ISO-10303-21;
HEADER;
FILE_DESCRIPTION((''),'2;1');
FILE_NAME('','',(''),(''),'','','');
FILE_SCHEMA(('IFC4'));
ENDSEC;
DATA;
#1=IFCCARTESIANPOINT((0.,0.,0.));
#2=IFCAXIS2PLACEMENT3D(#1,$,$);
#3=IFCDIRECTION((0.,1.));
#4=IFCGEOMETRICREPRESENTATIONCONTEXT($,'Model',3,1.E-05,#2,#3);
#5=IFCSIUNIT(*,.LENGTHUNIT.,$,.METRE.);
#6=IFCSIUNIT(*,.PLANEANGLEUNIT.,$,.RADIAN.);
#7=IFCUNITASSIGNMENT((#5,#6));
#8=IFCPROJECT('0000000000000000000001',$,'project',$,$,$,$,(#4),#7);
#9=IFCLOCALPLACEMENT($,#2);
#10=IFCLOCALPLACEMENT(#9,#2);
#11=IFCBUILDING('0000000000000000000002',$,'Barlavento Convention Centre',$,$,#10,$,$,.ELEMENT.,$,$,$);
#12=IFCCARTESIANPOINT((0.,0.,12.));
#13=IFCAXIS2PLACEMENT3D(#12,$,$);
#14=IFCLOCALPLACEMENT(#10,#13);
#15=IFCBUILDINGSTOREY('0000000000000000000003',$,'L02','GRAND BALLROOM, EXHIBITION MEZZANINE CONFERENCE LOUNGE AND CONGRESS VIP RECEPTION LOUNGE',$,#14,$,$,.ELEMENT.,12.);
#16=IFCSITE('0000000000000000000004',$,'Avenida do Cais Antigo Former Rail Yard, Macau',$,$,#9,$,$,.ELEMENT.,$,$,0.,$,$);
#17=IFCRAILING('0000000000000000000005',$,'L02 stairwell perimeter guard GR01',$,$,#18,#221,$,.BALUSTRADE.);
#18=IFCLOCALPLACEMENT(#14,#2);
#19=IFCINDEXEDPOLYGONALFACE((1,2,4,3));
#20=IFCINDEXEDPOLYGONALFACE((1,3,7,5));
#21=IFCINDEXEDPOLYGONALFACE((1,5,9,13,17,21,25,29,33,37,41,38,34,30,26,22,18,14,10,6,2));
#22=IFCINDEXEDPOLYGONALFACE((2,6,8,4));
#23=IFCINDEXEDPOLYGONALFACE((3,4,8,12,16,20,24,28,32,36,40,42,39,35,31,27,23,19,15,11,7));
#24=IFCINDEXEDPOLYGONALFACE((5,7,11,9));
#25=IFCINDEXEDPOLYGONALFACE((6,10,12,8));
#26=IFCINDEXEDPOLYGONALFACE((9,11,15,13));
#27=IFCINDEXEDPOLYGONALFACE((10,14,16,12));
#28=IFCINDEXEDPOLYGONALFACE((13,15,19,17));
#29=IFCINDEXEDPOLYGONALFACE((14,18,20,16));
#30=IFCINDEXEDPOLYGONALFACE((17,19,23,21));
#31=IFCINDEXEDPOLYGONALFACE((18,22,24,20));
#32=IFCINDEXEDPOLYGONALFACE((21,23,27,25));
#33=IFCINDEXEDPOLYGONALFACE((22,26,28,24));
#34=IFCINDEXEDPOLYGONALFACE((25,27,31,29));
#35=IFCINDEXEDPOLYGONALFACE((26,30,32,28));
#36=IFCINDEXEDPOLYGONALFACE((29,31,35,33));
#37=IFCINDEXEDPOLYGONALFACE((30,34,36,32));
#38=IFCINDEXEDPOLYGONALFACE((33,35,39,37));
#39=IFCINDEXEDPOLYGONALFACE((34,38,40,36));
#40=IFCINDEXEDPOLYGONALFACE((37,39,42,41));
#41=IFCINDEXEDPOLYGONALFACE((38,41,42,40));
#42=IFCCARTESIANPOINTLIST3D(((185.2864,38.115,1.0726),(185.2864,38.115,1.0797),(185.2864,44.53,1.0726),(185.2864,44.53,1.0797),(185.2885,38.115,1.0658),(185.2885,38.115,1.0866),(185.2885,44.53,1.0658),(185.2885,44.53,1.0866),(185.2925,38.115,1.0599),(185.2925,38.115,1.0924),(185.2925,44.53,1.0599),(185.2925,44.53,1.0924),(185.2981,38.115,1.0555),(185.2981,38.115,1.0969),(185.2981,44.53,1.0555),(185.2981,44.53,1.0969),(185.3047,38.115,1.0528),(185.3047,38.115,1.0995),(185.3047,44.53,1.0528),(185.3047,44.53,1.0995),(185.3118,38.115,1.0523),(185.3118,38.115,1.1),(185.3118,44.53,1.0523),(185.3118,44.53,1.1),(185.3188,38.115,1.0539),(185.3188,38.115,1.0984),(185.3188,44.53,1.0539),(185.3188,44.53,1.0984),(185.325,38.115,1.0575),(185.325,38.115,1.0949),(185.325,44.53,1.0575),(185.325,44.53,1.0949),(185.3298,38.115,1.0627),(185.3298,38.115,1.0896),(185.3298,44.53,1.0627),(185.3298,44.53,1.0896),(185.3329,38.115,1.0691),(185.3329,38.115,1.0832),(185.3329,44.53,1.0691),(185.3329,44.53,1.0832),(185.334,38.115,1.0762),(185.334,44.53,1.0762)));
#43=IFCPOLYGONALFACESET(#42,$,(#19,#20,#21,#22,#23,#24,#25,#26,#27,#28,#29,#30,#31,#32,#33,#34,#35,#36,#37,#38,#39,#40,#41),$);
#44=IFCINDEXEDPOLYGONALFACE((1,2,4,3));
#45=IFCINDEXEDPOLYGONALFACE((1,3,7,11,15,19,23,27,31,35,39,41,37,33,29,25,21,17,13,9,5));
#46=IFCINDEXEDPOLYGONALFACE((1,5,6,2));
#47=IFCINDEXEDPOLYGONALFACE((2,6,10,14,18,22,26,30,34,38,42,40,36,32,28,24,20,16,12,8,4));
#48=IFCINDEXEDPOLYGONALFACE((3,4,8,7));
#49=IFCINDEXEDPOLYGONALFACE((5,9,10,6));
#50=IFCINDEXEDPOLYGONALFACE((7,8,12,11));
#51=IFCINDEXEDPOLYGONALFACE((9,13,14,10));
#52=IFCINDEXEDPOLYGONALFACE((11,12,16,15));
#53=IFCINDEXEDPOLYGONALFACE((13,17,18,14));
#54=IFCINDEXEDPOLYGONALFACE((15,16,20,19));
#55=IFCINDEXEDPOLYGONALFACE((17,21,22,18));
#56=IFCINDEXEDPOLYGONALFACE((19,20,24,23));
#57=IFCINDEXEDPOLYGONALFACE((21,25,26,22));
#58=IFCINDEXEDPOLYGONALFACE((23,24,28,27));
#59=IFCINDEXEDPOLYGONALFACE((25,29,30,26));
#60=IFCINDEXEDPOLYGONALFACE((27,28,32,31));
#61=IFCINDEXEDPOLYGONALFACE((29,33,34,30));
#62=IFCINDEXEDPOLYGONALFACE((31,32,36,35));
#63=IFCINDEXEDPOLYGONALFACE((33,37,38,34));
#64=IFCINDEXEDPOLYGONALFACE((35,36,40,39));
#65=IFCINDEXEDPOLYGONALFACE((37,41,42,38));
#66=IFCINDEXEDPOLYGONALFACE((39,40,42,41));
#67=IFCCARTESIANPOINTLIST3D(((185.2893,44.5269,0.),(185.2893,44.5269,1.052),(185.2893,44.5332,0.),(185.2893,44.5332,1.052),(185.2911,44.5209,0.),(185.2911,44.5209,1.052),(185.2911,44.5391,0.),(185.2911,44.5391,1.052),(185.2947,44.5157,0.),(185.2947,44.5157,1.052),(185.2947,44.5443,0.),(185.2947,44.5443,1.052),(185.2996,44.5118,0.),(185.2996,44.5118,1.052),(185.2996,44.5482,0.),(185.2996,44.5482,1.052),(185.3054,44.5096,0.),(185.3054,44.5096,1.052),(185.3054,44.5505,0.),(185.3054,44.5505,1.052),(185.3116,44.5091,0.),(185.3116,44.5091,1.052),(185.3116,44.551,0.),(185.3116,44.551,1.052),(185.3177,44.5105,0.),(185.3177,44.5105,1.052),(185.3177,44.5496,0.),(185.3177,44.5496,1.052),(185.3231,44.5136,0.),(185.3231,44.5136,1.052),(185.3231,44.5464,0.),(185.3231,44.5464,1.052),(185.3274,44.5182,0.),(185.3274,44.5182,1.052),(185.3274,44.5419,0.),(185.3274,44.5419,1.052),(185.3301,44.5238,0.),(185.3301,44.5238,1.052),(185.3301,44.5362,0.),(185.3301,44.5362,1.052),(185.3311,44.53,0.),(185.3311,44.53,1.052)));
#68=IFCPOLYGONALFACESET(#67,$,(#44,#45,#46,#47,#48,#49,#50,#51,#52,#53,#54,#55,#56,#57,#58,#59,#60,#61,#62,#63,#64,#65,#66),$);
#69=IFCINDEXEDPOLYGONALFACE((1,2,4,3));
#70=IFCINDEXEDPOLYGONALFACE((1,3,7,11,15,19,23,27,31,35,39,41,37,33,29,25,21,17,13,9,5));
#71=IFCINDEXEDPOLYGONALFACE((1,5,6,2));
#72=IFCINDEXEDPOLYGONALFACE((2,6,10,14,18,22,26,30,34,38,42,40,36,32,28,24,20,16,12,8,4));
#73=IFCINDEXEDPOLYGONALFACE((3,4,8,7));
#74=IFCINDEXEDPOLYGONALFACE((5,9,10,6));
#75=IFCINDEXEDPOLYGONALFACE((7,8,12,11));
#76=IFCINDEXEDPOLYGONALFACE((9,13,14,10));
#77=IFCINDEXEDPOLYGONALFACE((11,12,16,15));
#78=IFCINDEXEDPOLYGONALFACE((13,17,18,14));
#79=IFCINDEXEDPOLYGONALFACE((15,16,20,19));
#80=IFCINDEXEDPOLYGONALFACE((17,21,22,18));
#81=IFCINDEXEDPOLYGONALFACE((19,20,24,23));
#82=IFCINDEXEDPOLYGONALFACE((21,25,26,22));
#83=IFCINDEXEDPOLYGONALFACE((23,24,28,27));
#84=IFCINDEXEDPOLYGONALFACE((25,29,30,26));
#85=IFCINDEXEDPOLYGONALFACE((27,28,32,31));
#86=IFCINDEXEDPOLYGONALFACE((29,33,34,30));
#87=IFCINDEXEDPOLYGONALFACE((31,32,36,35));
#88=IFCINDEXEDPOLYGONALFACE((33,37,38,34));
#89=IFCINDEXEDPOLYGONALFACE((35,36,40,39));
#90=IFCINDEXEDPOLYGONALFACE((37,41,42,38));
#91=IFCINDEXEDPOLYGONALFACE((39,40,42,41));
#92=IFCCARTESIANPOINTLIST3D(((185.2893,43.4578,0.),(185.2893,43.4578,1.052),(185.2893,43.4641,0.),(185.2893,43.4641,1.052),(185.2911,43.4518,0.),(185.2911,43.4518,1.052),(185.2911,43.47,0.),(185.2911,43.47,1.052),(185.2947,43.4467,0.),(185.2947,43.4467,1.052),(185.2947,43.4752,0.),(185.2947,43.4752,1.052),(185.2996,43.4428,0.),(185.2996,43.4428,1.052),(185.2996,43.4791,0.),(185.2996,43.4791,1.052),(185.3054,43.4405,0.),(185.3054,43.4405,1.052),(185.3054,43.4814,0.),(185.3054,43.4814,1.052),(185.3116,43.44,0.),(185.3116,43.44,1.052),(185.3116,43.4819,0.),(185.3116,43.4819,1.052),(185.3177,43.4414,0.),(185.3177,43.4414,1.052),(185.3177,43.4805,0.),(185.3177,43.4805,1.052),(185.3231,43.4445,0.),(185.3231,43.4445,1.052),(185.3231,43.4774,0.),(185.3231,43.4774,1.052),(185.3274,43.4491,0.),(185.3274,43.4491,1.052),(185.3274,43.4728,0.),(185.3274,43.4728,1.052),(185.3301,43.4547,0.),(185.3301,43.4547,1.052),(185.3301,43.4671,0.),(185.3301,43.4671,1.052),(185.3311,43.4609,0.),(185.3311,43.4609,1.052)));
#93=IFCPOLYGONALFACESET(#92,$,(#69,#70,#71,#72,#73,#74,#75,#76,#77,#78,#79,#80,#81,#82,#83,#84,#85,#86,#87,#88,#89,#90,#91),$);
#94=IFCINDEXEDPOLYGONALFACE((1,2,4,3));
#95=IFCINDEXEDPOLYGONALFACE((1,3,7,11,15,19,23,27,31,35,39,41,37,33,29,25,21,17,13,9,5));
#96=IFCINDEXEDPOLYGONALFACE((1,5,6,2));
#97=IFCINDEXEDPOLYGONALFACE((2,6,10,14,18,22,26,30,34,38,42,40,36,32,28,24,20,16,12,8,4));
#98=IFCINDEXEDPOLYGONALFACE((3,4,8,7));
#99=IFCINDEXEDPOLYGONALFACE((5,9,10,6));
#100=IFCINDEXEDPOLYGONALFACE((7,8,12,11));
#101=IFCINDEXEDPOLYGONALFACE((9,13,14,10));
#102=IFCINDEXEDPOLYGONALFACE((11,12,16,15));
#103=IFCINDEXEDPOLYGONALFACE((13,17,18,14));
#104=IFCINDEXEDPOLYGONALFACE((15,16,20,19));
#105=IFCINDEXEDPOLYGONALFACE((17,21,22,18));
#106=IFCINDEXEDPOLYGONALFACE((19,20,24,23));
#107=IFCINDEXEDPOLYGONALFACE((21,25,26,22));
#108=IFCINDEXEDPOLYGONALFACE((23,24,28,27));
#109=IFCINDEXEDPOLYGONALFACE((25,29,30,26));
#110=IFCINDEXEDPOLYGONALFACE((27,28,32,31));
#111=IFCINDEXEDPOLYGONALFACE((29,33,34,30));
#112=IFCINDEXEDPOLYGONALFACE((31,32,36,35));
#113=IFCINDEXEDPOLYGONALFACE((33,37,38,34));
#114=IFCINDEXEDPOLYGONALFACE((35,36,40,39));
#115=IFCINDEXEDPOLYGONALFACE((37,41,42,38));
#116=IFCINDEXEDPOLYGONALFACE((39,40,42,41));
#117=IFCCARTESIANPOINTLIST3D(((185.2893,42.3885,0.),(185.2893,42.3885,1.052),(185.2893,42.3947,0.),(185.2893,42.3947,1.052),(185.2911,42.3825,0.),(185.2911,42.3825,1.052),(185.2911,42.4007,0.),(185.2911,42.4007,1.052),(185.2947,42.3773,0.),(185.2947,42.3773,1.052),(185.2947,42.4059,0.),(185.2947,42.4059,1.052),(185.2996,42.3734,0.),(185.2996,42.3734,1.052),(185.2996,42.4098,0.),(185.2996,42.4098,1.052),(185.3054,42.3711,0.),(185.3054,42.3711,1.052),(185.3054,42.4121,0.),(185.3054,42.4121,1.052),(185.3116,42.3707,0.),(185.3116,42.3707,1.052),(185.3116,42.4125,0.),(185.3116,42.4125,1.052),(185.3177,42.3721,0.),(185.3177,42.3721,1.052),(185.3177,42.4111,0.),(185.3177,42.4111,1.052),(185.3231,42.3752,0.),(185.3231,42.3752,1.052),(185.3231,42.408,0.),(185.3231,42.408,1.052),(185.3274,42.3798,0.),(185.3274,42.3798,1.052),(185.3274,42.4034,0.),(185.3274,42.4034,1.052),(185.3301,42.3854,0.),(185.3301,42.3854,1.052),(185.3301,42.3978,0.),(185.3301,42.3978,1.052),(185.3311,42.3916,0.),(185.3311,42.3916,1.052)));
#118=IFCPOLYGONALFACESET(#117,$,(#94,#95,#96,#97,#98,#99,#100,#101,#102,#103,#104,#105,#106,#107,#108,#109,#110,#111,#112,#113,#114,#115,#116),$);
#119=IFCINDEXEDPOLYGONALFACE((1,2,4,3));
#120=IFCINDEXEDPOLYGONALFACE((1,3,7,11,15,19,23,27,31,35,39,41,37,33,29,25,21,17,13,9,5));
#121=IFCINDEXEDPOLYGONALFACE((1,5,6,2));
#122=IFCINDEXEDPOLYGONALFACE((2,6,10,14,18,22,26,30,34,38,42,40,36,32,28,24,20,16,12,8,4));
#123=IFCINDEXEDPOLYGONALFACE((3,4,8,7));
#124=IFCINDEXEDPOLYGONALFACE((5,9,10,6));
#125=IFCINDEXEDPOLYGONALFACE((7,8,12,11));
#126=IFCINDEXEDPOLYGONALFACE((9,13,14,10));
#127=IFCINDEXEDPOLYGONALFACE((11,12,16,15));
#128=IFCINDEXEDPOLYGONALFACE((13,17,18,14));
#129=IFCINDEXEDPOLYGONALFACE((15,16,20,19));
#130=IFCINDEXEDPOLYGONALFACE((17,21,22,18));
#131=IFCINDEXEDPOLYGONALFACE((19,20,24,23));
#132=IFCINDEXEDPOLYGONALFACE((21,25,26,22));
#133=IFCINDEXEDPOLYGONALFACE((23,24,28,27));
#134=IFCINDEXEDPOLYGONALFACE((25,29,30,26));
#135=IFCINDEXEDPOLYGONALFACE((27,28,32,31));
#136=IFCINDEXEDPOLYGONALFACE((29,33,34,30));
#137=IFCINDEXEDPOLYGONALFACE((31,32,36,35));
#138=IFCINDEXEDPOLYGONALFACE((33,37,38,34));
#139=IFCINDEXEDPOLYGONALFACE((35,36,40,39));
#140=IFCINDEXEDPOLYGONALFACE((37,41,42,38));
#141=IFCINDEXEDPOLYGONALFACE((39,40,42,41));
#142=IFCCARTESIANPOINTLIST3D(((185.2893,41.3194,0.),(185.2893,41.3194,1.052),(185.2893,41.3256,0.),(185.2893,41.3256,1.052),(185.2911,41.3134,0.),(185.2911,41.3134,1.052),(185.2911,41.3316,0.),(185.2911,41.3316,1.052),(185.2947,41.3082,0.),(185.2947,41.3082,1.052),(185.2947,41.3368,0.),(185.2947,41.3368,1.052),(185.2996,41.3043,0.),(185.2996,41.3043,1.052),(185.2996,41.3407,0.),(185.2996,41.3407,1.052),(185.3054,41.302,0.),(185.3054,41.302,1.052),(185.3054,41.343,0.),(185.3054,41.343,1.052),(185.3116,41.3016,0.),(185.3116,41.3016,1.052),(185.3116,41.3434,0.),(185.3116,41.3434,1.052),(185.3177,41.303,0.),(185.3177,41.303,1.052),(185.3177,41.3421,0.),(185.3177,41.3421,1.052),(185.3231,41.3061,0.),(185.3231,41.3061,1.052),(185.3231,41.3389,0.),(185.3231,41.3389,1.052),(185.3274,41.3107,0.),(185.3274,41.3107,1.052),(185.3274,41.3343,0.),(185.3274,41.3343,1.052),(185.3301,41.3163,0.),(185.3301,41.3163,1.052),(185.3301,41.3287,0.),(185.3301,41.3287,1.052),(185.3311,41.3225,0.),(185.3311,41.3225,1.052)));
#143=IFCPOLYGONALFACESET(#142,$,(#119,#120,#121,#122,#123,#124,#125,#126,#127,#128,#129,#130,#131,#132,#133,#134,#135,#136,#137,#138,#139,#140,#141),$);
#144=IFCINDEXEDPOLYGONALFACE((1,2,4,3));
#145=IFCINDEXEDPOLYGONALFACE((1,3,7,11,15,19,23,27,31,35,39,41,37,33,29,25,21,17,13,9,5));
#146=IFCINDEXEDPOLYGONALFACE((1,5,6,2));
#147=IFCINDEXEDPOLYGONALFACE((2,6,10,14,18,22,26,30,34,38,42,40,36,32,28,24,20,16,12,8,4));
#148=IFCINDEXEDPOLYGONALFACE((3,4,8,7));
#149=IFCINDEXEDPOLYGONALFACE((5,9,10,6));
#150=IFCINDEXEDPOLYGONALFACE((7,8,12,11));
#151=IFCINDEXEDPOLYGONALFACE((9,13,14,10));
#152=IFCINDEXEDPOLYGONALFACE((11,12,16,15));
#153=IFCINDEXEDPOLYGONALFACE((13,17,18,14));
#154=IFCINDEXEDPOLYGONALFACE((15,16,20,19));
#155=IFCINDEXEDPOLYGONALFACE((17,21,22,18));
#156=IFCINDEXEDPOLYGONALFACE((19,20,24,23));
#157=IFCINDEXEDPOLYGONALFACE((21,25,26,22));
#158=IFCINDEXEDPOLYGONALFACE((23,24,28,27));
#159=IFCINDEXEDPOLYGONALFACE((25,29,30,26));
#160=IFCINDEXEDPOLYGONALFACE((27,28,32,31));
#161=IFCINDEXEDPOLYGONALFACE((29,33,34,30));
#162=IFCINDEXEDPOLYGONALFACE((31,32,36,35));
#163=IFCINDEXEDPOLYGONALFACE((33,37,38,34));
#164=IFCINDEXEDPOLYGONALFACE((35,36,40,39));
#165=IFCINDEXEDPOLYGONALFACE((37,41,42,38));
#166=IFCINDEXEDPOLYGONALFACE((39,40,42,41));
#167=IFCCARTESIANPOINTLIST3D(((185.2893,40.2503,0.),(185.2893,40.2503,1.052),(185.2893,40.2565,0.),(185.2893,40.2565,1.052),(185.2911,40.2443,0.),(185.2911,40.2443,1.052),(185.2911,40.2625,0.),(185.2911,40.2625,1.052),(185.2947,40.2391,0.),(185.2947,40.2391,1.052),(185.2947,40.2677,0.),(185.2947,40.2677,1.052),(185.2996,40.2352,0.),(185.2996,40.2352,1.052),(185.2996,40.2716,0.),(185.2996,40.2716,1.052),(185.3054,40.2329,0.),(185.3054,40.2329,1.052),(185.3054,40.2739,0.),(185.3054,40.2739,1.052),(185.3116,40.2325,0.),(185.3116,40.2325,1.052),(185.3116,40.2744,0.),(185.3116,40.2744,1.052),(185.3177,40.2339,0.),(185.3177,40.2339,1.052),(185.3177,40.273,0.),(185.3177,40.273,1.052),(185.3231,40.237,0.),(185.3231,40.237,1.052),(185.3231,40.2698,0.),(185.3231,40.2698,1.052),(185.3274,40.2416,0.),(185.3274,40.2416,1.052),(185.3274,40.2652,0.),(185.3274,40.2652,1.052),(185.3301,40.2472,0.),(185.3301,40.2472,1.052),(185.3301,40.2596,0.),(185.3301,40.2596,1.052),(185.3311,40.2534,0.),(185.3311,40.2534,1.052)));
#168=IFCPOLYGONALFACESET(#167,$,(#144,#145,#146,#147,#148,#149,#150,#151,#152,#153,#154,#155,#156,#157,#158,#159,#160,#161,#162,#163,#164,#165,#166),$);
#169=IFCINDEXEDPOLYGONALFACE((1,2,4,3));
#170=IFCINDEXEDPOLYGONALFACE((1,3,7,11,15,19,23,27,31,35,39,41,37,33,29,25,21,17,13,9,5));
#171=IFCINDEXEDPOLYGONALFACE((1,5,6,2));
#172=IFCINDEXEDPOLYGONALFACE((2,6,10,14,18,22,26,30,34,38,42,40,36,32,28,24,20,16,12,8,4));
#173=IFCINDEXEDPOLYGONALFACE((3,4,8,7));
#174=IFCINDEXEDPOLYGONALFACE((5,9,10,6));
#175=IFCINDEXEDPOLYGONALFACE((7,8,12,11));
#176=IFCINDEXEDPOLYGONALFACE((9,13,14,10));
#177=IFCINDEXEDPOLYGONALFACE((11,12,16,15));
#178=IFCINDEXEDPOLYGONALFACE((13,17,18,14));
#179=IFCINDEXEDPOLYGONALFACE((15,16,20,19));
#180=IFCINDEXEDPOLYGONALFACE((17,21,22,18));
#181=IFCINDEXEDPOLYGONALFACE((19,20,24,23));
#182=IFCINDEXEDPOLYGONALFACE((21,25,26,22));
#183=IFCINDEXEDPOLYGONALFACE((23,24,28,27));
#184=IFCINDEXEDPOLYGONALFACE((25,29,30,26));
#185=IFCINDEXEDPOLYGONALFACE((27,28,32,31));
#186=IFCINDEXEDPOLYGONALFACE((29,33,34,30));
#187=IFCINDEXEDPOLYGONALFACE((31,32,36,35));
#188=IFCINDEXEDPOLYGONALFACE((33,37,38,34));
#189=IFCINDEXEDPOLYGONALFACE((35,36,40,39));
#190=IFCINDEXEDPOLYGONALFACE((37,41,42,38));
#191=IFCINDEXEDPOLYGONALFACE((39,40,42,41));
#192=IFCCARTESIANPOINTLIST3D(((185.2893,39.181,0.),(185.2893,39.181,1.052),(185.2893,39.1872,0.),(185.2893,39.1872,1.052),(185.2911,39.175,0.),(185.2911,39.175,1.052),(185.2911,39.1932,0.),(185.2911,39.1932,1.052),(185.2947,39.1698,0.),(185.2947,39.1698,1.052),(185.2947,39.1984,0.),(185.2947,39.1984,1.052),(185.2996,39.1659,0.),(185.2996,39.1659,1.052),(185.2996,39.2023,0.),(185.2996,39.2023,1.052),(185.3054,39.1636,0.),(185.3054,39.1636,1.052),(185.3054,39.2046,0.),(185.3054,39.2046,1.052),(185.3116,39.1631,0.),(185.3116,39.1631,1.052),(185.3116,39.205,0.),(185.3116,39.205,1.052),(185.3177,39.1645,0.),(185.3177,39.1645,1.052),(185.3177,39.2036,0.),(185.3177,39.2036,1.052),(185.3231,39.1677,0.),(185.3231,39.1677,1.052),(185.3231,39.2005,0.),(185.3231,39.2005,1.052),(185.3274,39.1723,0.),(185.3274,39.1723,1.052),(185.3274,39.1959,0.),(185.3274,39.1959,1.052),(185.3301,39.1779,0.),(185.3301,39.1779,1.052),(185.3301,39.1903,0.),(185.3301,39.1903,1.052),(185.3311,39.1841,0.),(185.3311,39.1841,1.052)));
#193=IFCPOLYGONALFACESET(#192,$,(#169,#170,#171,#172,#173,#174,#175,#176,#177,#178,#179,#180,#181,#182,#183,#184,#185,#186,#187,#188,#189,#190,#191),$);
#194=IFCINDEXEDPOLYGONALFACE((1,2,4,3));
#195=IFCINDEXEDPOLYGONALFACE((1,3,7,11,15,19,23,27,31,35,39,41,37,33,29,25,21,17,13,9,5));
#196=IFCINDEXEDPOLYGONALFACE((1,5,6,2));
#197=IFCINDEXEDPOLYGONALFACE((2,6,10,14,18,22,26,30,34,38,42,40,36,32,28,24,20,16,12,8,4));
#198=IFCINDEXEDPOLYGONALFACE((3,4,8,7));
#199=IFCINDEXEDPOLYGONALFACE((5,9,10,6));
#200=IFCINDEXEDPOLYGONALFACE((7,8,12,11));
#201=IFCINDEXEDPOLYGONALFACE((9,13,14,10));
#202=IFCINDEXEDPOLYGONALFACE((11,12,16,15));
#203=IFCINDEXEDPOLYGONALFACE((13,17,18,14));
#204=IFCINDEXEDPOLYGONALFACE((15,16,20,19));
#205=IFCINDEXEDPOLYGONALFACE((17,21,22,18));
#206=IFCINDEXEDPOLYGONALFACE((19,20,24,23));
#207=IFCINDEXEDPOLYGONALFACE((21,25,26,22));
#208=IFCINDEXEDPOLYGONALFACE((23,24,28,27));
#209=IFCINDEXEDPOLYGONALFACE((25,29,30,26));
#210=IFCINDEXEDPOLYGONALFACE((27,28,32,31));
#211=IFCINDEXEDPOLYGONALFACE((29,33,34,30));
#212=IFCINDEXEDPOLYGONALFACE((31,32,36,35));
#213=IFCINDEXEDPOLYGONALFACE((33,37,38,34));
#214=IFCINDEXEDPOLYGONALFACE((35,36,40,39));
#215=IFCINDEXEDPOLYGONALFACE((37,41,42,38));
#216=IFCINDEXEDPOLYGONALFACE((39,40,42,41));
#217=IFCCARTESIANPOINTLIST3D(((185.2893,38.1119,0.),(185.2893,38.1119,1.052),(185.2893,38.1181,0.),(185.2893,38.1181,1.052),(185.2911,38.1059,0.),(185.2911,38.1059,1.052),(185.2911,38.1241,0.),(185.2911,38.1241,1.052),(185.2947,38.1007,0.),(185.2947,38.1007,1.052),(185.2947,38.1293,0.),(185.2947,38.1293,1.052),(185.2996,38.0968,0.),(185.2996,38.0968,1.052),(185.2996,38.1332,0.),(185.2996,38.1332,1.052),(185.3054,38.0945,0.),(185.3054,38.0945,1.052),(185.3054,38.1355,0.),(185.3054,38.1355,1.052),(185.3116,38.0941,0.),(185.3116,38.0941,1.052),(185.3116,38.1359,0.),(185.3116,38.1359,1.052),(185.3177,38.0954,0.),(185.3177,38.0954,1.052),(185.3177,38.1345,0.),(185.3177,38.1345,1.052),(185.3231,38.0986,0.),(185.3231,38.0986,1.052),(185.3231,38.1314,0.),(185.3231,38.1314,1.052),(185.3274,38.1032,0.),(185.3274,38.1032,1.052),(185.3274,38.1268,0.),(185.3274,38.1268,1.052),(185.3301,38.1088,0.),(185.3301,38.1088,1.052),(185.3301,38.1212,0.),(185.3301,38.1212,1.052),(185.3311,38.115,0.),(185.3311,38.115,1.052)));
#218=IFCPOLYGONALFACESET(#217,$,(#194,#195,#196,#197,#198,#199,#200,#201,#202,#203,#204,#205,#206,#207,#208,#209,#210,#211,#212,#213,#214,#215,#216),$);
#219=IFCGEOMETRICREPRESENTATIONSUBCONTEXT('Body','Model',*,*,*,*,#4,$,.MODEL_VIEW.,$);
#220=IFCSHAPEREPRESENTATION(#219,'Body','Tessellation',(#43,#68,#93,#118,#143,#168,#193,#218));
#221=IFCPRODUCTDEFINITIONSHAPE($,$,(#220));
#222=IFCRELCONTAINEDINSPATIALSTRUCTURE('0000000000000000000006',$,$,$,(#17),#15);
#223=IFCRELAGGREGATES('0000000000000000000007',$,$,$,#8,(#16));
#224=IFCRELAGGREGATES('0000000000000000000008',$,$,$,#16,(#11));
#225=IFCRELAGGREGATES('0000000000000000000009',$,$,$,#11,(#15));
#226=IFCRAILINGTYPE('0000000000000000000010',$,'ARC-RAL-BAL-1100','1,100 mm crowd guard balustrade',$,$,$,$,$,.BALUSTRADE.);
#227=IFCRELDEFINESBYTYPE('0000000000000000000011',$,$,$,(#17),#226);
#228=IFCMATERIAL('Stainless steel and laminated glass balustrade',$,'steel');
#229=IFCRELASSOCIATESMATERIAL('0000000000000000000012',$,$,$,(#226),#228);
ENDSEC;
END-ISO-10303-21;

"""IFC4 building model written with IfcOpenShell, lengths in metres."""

from ifc_helpers import new_model, si_unit, direction, frame, origin, origin_2d, place, context, subcontext, project, spatial, circle, extrude, material, type_object, element, save


model = new_model("IFC4")

# Units and contexts
model_context = context("Model", 3, precision=1e-05, world=origin(), true_north=direction((0.0, 1.0)))
body_context = subcontext(model_context, "Body", "Model", "MODEL_VIEW")
ifc_project = project(units=[si_unit("LENGTHUNIT", "METRE"), si_unit("PLANEANGLEUNIT", "RADIAN")], contexts=[model_context])

# Site, building, storey
site_placement = place(None, origin())
site = spatial("IfcSite", under=ifc_project, at=site_placement, Name="Avenida do Cais Antigo Former Rail Yard, Macau", CompositionType="ELEMENT", RefElevation=0.0)
building_placement = place(site_placement, origin())
building = spatial("IfcBuilding", under=site, at=building_placement, Name="Barlavento Convention Centre", CompositionType="ELEMENT")
storey_placement = place(building_placement, frame((0.0, 0.0, 12.0)))
storey = spatial("IfcBuildingStorey", under=building, at=storey_placement, Name="L02", Description="GRAND BALLROOM, EXHIBITION MEZZANINE CONFERENCE LOUNGE AND CONGRESS VIP RECEPTION LOUNGE", CompositionType="ELEMENT", Elevation=12.0)

# Railing
ifc_material_1 = material(Name="Stainless steel and laminated glass balustrade", Category="steel")
railing_type_1 = type_object("IfcRailingType", Name="ARC-RAL-BAL-1100", Description="1,100 mm crowd guard balustrade", PredefinedType="BALUSTRADE", material=ifc_material_1)
railing_1_placement = place(storey_placement, frame((185.3101, 44.53, 0.0)))
element("IfcRailing", 1, at=railing_1_placement, inside=storey, type_object=railing_type_1, Name="L02 stairwell perimeter guard GR01", PredefinedType="BALUSTRADE", context=body_context, shape_type="SweptSolid", body=[
    extrude(circle(Radius=0.0239, at=origin_2d()), frame((0.0, 0.0, 1.0762), z_axis=(0.0, -1.0, 0.0), x_axis=(1.0, 0.0, 0.0)), (0.0, 0.0, 1.0), 6.415),
    extrude(circle(Radius=0.021, at=origin_2d()), origin(), (0.0, 0.0, 1.0), 1.052),
    extrude(circle(Radius=0.021, at=origin_2d()), frame((0.0, -1.0691, 0.0)), (0.0, 0.0, 1.0), 1.052),
    extrude(circle(Radius=0.021, at=origin_2d()), frame((0.0, -2.1384, 0.0)), (0.0, 0.0, 1.0), 1.052),
    extrude(circle(Radius=0.021, at=origin_2d()), frame((0.0, -3.2075, 0.0)), (0.0, 0.0, 1.0), 1.052),
    extrude(circle(Radius=0.021, at=origin_2d()), frame((0.0, -4.2766, 0.0)), (0.0, 0.0, 1.0), 1.052),
    extrude(circle(Radius=0.021, at=origin_2d()), frame((0.0, -5.3459, 0.0)), (0.0, 0.0, 1.0), 1.052),
    extrude(circle(Radius=0.021, at=origin_2d()), frame((0.0, -6.415, 0.0)), (0.0, 0.0, 1.0), 1.052),
])

save(model, "model.ifc")
